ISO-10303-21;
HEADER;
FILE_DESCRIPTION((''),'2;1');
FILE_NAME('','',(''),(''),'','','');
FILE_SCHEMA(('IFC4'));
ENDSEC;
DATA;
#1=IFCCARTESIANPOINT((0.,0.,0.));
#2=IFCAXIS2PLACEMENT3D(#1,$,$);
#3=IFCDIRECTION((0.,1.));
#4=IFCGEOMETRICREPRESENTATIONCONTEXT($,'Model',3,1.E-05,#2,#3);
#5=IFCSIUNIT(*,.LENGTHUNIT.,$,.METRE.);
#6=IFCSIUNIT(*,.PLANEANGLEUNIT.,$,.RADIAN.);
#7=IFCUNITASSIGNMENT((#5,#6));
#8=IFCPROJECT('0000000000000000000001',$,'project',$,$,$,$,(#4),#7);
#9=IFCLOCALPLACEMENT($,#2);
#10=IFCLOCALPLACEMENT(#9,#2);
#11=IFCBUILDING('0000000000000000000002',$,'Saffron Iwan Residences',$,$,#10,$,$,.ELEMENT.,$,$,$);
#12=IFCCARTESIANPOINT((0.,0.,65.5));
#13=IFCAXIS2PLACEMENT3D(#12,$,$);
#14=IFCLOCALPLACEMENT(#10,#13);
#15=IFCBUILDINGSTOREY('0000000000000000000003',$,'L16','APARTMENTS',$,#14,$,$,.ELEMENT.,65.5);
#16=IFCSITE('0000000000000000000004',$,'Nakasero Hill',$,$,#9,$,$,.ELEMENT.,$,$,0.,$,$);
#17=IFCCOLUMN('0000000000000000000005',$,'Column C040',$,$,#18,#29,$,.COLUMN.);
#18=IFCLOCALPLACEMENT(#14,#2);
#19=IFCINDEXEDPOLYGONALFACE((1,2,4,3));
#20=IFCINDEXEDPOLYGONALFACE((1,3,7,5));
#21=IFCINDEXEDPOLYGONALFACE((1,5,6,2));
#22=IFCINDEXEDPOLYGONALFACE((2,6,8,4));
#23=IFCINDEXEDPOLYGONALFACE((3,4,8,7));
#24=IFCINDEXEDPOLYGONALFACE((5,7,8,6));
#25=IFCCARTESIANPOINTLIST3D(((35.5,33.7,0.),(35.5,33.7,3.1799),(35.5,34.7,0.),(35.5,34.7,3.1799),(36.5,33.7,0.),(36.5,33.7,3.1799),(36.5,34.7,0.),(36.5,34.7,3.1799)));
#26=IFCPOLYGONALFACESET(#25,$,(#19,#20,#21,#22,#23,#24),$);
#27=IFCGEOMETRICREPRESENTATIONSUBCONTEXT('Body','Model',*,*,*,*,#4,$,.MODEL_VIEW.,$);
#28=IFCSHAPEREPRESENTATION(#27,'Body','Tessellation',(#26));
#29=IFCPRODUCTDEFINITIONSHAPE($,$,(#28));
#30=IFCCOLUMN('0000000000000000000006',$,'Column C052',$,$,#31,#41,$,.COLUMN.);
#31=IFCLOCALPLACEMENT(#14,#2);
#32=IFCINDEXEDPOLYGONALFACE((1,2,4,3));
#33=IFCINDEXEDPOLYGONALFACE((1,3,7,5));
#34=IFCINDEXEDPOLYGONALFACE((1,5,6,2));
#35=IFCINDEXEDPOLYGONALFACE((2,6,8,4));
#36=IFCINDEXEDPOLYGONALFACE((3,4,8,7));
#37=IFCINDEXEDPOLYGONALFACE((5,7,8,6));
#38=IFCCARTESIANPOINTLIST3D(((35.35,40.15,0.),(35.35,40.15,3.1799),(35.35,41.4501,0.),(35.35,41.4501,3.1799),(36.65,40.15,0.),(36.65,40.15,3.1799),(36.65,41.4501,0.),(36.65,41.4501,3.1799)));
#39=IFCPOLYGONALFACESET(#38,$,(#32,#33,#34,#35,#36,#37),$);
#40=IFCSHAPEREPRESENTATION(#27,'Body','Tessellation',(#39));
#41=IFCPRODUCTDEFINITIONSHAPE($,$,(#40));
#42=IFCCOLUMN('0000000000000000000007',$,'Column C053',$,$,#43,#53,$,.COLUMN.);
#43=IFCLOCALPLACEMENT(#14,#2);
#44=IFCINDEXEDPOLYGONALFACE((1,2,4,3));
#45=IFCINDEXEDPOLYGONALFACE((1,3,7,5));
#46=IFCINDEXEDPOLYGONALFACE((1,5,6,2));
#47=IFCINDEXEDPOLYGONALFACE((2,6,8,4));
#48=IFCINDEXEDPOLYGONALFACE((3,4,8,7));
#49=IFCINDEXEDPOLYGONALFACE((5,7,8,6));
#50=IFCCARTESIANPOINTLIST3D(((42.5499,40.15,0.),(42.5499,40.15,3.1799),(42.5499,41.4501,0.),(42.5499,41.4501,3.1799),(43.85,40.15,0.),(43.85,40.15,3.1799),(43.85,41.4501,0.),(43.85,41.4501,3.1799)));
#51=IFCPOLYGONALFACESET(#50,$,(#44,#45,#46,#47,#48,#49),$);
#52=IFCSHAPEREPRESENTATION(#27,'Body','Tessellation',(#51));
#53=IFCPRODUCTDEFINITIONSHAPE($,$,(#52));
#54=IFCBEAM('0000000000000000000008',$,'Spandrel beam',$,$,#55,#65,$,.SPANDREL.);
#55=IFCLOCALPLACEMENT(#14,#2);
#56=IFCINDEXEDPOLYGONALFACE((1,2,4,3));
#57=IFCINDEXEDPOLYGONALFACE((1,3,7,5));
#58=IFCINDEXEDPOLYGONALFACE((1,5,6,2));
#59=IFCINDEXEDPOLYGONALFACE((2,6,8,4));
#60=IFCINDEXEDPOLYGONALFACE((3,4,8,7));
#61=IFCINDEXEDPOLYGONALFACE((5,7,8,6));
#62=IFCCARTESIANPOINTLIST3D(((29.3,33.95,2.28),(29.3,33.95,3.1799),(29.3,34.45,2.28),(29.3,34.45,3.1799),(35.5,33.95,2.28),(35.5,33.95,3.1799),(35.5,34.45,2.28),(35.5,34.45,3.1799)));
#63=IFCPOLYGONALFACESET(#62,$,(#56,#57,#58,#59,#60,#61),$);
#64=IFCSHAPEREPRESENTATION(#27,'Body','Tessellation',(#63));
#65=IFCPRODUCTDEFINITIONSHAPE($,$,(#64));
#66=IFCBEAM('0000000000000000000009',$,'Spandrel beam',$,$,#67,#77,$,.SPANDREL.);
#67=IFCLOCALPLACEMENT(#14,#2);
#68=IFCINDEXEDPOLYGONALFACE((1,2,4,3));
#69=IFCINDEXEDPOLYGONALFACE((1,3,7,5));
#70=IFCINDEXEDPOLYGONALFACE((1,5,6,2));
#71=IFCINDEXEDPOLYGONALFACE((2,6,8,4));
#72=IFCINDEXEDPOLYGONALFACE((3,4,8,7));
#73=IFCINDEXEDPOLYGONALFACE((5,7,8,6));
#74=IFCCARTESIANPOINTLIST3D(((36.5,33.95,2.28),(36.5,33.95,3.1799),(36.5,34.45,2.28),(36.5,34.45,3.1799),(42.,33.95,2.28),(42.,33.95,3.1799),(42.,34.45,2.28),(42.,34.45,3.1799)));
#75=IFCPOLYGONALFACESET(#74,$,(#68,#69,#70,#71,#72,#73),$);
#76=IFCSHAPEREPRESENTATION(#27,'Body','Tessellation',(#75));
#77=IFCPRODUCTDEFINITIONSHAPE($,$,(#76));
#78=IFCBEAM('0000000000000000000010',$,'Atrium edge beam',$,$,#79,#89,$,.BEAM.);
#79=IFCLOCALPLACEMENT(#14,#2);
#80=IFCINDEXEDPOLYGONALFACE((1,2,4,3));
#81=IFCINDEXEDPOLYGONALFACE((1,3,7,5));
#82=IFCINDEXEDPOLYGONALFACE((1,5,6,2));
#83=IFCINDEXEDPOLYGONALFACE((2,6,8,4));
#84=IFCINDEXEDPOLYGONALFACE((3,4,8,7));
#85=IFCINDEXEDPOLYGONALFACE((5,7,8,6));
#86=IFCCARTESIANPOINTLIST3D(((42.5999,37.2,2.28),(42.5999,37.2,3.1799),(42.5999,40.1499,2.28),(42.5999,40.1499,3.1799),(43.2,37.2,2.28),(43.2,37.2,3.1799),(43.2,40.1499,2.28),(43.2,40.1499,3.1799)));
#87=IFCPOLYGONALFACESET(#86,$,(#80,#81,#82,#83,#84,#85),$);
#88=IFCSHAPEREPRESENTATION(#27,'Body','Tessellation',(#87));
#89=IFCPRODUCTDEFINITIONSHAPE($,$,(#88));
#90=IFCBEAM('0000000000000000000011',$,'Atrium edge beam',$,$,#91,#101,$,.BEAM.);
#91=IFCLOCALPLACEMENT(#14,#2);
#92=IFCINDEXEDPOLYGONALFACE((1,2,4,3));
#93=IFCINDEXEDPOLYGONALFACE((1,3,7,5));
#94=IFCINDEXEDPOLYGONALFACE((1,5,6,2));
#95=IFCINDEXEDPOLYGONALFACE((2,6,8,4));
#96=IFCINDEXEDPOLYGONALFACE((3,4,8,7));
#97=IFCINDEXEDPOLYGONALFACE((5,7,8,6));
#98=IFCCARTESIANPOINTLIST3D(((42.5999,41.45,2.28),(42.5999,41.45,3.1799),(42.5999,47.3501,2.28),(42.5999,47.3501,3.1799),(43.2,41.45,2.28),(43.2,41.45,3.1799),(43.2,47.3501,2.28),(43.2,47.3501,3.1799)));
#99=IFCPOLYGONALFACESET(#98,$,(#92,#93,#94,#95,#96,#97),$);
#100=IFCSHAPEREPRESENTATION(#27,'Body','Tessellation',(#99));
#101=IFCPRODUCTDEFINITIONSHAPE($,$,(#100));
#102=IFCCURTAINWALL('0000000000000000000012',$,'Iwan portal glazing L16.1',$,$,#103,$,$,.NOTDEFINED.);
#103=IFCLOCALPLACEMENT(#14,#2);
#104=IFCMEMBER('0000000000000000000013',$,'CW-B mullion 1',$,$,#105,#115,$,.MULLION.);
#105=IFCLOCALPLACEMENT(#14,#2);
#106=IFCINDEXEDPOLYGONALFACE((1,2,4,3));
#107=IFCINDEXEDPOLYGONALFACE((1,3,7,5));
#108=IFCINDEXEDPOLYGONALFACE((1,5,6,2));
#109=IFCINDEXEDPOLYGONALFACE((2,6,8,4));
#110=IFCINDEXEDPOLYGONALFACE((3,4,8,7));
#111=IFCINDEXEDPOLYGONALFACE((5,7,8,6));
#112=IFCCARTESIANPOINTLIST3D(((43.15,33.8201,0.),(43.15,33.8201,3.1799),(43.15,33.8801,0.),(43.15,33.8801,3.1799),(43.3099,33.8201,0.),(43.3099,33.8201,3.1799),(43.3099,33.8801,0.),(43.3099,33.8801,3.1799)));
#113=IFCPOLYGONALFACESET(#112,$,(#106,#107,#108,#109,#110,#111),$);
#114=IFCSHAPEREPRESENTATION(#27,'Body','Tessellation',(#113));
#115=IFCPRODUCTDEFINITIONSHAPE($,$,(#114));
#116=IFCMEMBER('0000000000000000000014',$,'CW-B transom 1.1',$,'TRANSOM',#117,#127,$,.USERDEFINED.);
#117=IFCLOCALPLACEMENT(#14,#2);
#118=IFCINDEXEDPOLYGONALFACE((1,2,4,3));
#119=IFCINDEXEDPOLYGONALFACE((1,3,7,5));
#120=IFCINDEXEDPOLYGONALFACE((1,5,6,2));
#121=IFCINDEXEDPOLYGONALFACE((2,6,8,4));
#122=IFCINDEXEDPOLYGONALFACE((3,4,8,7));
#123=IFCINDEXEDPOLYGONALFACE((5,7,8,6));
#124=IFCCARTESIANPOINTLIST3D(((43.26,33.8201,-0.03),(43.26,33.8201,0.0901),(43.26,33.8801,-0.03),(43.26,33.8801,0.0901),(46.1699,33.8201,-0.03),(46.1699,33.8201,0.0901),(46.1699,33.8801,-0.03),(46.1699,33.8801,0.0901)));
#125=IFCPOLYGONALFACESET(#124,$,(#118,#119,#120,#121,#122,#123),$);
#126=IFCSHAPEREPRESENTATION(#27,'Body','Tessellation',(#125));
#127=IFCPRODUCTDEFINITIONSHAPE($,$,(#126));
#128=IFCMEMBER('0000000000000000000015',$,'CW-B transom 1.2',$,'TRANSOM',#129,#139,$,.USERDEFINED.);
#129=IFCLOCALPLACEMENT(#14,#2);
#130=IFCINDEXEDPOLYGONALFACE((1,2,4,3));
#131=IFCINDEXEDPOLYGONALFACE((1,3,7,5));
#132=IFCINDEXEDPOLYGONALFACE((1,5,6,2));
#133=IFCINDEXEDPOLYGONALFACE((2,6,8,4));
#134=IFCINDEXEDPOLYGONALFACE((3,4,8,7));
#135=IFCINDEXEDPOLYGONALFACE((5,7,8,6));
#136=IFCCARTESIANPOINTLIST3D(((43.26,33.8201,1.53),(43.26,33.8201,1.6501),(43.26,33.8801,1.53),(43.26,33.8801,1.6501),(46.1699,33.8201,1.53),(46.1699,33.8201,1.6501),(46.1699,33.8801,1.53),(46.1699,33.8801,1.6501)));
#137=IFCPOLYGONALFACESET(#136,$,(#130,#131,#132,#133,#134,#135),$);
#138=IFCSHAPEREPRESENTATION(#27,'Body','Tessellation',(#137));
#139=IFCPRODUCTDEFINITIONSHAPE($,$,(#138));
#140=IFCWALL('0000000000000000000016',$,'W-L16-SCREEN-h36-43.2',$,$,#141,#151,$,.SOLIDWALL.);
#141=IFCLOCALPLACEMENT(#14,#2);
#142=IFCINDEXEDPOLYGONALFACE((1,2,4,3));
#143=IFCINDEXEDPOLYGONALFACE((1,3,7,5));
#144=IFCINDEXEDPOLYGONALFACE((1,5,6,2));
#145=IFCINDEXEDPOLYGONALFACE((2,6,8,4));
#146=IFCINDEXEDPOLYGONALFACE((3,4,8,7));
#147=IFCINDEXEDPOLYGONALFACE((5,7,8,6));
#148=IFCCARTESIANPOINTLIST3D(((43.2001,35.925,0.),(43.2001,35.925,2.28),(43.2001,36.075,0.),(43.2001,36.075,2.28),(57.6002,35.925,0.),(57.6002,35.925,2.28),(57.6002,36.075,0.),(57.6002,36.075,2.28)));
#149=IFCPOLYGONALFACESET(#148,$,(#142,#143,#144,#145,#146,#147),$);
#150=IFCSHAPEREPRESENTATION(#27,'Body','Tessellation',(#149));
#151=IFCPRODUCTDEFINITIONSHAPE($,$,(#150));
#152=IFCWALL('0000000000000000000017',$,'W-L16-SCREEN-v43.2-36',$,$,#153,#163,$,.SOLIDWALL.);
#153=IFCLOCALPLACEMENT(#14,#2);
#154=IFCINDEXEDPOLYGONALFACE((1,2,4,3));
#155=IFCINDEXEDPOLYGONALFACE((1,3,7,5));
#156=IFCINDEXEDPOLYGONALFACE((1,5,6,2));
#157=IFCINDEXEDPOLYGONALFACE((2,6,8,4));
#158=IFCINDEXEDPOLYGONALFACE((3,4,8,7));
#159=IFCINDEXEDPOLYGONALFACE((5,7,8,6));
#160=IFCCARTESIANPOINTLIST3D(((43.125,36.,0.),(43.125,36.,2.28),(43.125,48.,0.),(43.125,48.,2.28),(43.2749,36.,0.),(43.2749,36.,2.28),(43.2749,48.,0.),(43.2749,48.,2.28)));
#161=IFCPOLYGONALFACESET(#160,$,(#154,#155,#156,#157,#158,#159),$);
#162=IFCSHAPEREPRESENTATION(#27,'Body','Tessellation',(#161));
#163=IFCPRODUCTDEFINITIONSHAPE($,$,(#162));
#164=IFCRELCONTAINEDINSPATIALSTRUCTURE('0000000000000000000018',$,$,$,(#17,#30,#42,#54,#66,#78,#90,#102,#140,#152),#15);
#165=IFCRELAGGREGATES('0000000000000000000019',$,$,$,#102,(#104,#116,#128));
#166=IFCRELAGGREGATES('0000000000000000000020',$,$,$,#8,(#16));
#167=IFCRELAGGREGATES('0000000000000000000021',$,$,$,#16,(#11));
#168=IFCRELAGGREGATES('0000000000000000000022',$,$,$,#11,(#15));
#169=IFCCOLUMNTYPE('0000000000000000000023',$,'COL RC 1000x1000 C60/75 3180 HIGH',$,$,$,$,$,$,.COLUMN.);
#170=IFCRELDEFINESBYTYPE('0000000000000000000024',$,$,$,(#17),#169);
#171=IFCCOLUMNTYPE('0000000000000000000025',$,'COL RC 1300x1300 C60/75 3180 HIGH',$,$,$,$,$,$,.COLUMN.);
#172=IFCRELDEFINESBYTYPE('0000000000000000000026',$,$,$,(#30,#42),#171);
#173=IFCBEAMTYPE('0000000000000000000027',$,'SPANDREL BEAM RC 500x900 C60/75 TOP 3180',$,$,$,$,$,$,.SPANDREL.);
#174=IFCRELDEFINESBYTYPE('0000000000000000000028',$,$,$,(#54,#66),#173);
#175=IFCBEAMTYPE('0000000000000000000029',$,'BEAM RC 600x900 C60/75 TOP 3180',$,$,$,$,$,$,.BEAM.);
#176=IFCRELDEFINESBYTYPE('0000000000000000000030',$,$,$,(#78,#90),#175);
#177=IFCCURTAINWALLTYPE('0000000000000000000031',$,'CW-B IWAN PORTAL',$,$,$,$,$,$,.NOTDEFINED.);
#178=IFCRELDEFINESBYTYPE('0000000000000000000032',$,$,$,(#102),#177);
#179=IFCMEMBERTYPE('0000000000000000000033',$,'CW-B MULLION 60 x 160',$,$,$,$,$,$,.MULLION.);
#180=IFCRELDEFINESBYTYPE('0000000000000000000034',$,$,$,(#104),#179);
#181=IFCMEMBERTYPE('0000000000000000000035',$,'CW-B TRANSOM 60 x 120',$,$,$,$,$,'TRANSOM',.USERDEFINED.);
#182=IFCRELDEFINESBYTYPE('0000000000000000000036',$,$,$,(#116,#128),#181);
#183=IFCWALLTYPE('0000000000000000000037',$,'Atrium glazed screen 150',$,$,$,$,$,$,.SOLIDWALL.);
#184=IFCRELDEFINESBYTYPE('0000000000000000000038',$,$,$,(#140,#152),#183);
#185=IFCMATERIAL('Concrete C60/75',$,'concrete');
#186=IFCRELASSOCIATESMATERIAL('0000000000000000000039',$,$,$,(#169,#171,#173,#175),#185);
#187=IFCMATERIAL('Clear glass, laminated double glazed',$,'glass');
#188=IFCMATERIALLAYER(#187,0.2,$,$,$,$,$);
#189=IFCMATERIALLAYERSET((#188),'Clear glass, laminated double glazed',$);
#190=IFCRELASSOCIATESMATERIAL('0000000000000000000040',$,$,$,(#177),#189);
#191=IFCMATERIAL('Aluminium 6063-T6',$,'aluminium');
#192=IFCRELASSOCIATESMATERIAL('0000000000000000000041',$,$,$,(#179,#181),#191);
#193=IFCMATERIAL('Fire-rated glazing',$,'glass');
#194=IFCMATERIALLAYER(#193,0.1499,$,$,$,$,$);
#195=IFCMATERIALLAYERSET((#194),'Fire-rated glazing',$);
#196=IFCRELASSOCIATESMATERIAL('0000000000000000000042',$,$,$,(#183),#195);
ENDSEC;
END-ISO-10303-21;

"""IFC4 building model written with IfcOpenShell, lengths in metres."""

from ifc_helpers import new_model, si_unit, direction, frame, frame_2d, origin, origin_2d, place, context, subcontext, project, spatial, rectangle, extrude, source, transform, mapped, material, layer, layer_set, material_profile, profile_set, type_object, element, aggregate, save


model = new_model("IFC4")

# Units and contexts
model_context = context("Model", 3, precision=1e-05, world=origin(), true_north=direction((0.0, 1.0)))
body_context = subcontext(model_context, "Body", "Model", "MODEL_VIEW")
ifc_project = project(units=[si_unit("LENGTHUNIT", "METRE"), si_unit("PLANEANGLEUNIT", "RADIAN")], contexts=[model_context])

# Site, building, storey
site_placement = place(None, origin())
site = spatial("IfcSite", under=ifc_project, at=site_placement, Name="Nakasero Hill", CompositionType="ELEMENT", RefElevation=0.0)
building_placement = place(site_placement, origin())
building = spatial("IfcBuilding", under=site, at=building_placement, Name="Saffron Iwan Residences", CompositionType="ELEMENT")
storey_placement = place(building_placement, frame((0.0, 0.0, 65.5)))
storey = spatial("IfcBuildingStorey", under=building, at=storey_placement, Name="L16", Description="APARTMENTS", CompositionType="ELEMENT", Elevation=65.5)

# Columns
ifc_material_1 = material(Name="Concrete C60/75", Category="concrete")
ifc_material_profile_1 = material_profile(ifc_material_1, rectangle(XDim=1.0, YDim=1.0, at=origin_2d()), Name="RC 1000x1000")
ifc_profile_set_1 = profile_set([ifc_material_profile_1], Name="Concrete C60/75")
column_type_1 = type_object("IfcColumnType", Name="COL RC 1000x1000 C60/75 3180 HIGH", PredefinedType="COLUMN", material=ifc_profile_set_1)
shared_shape_1 = source(origin(), body_context, "Body", "SweptSolid", [
    extrude(rectangle(XDim=1.0, YDim=1.0, at=origin_2d()), origin(), (0.0, 0.0, 1.0), 3.1799),
])
column_placement = place(storey_placement, frame((36.0, 34.2, 0.0), z_axis=(0.0, 0.0, 1.0), x_axis=(1.0, 0.0, 0.0)))
element("IfcColumn", 1, at=column_placement, inside=storey, type_object=column_type_1, Name="Column C040", PredefinedType="COLUMN", context=body_context, shape_type="MappedRepresentation", body=[
    mapped(shared_shape_1, transform((0.0, 0.0, 0.0))),
])
ifc_material_profile_2 = material_profile(ifc_material_1, rectangle(XDim=1.3, YDim=1.3, at=origin_2d()), Name="RC 1300x1300")
ifc_profile_set_2 = profile_set([ifc_material_profile_2], Name="Concrete C60/75")
column_type_2 = type_object("IfcColumnType", Name="COL RC 1300x1300 C60/75 3180 HIGH", PredefinedType="COLUMN", material=ifc_profile_set_2)
shared_shape_2 = source(origin(), body_context, "Body", "SweptSolid", [
    extrude(rectangle(XDim=1.3, YDim=1.3, at=origin_2d()), origin(), (0.0, 0.0, 1.0), 3.1799),
])
for number, where, z_axis, x_axis, name in (
    (2, (36.0, 40.8, 0.0), (0.0, 0.0, 1.0), (1.0, 0.0, 0.0), "Column C052"),
    (3, (43.2, 40.8, 0.0), (0.0, 0.0, 1.0), (1.0, 0.0, 0.0), "Column C053"),
):
    element("IfcColumn", number, at=place(storey_placement, frame(where, z_axis=z_axis, x_axis=x_axis)), inside=storey, type_object=column_type_2, Name=name, PredefinedType="COLUMN", context=body_context, shape_type="MappedRepresentation", body=[
        mapped(shared_shape_2, transform((0.0, 0.0, 0.0))),
    ])

# Beams
ifc_material_profile_3 = material_profile(ifc_material_1, rectangle(XDim=0.5, YDim=0.8999, at=origin_2d()), Name="RC 500x900")
ifc_profile_set_3 = profile_set([ifc_material_profile_3], Name="Concrete C60/75")
beam_type_1 = type_object("IfcBeamType", Name="SPANDREL BEAM RC 500x900 C60/75 TOP 3180", PredefinedType="SPANDREL", material=ifc_profile_set_3)
shared_shape_3 = source(origin(), body_context, "Body", "SweptSolid", [
    extrude(rectangle(XDim=0.5, YDim=0.8999, at=origin_2d()), origin(), (0.0, 0.0, 1.0), 6.2),
])
beam_1_placement = place(storey_placement, frame((35.5, 34.2, 2.73), z_axis=(-1.0, 0.0, 0.0), x_axis=(0.0, -1.0, 0.0)))
element("IfcBeam", 4, at=beam_1_placement, inside=storey, type_object=beam_type_1, Name="Spandrel beam", PredefinedType="SPANDREL", context=body_context, shape_type="MappedRepresentation", body=[
    mapped(shared_shape_3, transform((0.0, 0.0, 0.0))),
])
shared_shape_4 = source(origin(), body_context, "Body", "SweptSolid", [
    extrude(rectangle(XDim=0.5, YDim=0.8999, at=origin_2d()), origin(), (0.0, 0.0, 1.0), 5.5),
])
beam_2_placement = place(storey_placement, frame((42.0, 34.2, 2.73), z_axis=(-1.0, 0.0, 0.0), x_axis=(0.0, -1.0, 0.0)))
element("IfcBeam", 5, at=beam_2_placement, inside=storey, type_object=beam_type_1, Name="Spandrel beam", PredefinedType="SPANDREL", context=body_context, shape_type="MappedRepresentation", body=[
    mapped(shared_shape_4, transform((0.0, 0.0, 0.0))),
])
ifc_material_profile_4 = material_profile(ifc_material_1, rectangle(XDim=0.6001, YDim=0.8999, at=origin_2d()), Name="RC 600x900")
ifc_profile_set_4 = profile_set([ifc_material_profile_4], Name="Concrete C60/75")
beam_type_2 = type_object("IfcBeamType", Name="BEAM RC 600x900 C60/75 TOP 3180", PredefinedType="BEAM", material=ifc_profile_set_4)
shared_shape_5 = source(origin(), body_context, "Body", "SweptSolid", [
    extrude(rectangle(XDim=0.6001, YDim=0.8999, at=origin_2d()), origin(), (0.0, 0.0, 1.0), 2.95),
])
beam_3_placement = place(storey_placement, frame((42.8999, 37.2, 2.73), z_axis=(0.0, 1.0, 0.0), x_axis=(-1.0, 0.0, 0.0)))
element("IfcBeam", 6, at=beam_3_placement, inside=storey, type_object=beam_type_2, Name="Atrium edge beam", PredefinedType="BEAM", context=body_context, shape_type="MappedRepresentation", body=[
    mapped(shared_shape_5, transform((0.0, 0.0, 0.0))),
])
shared_shape_6 = source(origin(), body_context, "Body", "SweptSolid", [
    extrude(rectangle(XDim=0.6001, YDim=0.8999, at=origin_2d()), origin(), (0.0, 0.0, 1.0), 5.9001),
])
beam_4_placement = place(storey_placement, frame((42.8999, 41.45, 2.73), z_axis=(0.0, 1.0, 0.0), x_axis=(-1.0, 0.0, 0.0)))
element("IfcBeam", 7, at=beam_4_placement, inside=storey, type_object=beam_type_2, Name="Atrium edge beam", PredefinedType="BEAM", context=body_context, shape_type="MappedRepresentation", body=[
    mapped(shared_shape_6, transform((0.0, 0.0, 0.0))),
])

# Curtain wall, members
ifc_material_2 = material(Name="Clear glass, laminated double glazed", Category="glass")
ifc_layer_1 = layer(ifc_material_2, 0.2)
ifc_layer_set_1 = layer_set([ifc_layer_1], Name="Clear glass, laminated double glazed")
curtain_wall_type = type_object("IfcCurtainWallType", Name="CW-B IWAN PORTAL", PredefinedType="NOTDEFINED", material=ifc_layer_set_1)
curtain_wall_placement = place(storey_placement, origin())
curtain_wall = element("IfcCurtainWall", 8, at=curtain_wall_placement, inside=storey, type_object=curtain_wall_type, Name="Iwan portal glazing L16.1", PredefinedType="NOTDEFINED")
ifc_material_3 = material(Name="Aluminium 6063-T6", Category="aluminium")
ifc_material_profile_5 = material_profile(ifc_material_3, rectangle(XDim=0.0601, YDim=0.1599, at=origin_2d()), Name="CW-B MULLION 60 x 160")
ifc_profile_set_5 = profile_set([ifc_material_profile_5], Name="Aluminium 6063-T6")
member_type_1 = type_object("IfcMemberType", Name="CW-B MULLION 60 x 160", PredefinedType="MULLION", material=ifc_profile_set_5)
shared_shape_7 = source(origin(), body_context, "Body", "SweptSolid", [
    extrude(rectangle(XDim=0.0601, YDim=0.1599, at=origin_2d()), origin(), (0.0, 0.0, 1.0), 3.1799),
])
member_1_placement = place(storey_placement, frame((43.23, 33.8501, 0.0), z_axis=(0.0, 0.0, 1.0), x_axis=(0.0, 1.0, 0.0)))
member_1 = element("IfcMember", 9, at=member_1_placement, type_object=member_type_1, Name="CW-B mullion 1", PredefinedType="MULLION", context=body_context, shape_type="MappedRepresentation", body=[
    mapped(shared_shape_7, transform((0.0, 0.0, 0.0))),
])
ifc_material_profile_6 = material_profile(ifc_material_3, rectangle(XDim=0.0601, YDim=0.1201, at=origin_2d()), Name="CW-B TRANSOM 60 x 120")
ifc_profile_set_6 = profile_set([ifc_material_profile_6], Name="Aluminium 6063-T6")
member_type_2 = type_object("IfcMemberType", Name="CW-B TRANSOM 60 x 120", ElementType="TRANSOM", PredefinedType="USERDEFINED", material=ifc_profile_set_6)
shared_shape_8 = source(origin(), body_context, "Body", "SweptSolid", [
    extrude(rectangle(XDim=0.0601, YDim=0.1201, at=origin_2d()), origin(), (0.0, 0.0, 1.0), 2.9099),
])
member_2_placement = place(storey_placement, frame((43.26, 33.8501, 0.03), z_axis=(1.0, 0.0, 0.0), x_axis=(0.0, 1.0, 0.0)))
member_2 = element("IfcMember", 10, at=member_2_placement, type_object=member_type_2, Name="CW-B transom 1.1", ObjectType="TRANSOM", PredefinedType="USERDEFINED", context=body_context, shape_type="MappedRepresentation", body=[
    mapped(shared_shape_8, transform((0.0, 0.0, 0.0))),
])
member_3_placement = place(storey_placement, frame((43.26, 33.8501, 1.5901), z_axis=(1.0, 0.0, 0.0), x_axis=(0.0, 1.0, 0.0)))
member_3 = element("IfcMember", 11, at=member_3_placement, type_object=member_type_2, Name="CW-B transom 1.2", ObjectType="TRANSOM", PredefinedType="USERDEFINED", context=body_context, shape_type="MappedRepresentation", body=[
    mapped(shared_shape_8, transform((0.0, 0.0, 0.0))),
])
aggregate(curtain_wall, [member_1, member_2, member_3])

# Walls
ifc_material_4 = material(Name="Fire-rated glazing", Category="glass")
ifc_layer_2 = layer(ifc_material_4, 0.1499)
ifc_layer_set_2 = layer_set([ifc_layer_2], Name="Fire-rated glazing")
wall_type_1 = type_object("IfcWallType", Name="Atrium glazed screen 150", PredefinedType="SOLIDWALL", material=ifc_layer_set_2)
wall_1_placement = place(storey_placement, frame((43.2, 36.0, 0.0), z_axis=(0.0, 0.0, 1.0), x_axis=(1.0, 0.0, 0.0)))
element("IfcWall", 12, at=wall_1_placement, inside=storey, type_object=wall_type_1, Name="W-L16-SCREEN-h36-43.2", PredefinedType="SOLIDWALL", context=body_context, shape_type="SweptSolid", body=[
    extrude(rectangle(XDim=14.4001, YDim=0.1499, at=frame_2d((7.2002, 0.0))), origin(), (0.0, 0.0, 1.0), 2.28),
])
wall_2_placement = place(storey_placement, frame((43.2, 36.0, 0.0), z_axis=(0.0, 0.0, 1.0), x_axis=(0.0, 1.0, 0.0)))
element("IfcWall", 13, at=wall_2_placement, inside=storey, type_object=wall_type_1, Name="W-L16-SCREEN-v43.2-36", PredefinedType="SOLIDWALL", context=body_context, shape_type="SweptSolid", body=[
    extrude(rectangle(XDim=12.0, YDim=0.1499, at=frame_2d((6.0, 0.0))), origin(), (0.0, 0.0, 1.0), 2.28),
])

save(model, "model.ifc")
